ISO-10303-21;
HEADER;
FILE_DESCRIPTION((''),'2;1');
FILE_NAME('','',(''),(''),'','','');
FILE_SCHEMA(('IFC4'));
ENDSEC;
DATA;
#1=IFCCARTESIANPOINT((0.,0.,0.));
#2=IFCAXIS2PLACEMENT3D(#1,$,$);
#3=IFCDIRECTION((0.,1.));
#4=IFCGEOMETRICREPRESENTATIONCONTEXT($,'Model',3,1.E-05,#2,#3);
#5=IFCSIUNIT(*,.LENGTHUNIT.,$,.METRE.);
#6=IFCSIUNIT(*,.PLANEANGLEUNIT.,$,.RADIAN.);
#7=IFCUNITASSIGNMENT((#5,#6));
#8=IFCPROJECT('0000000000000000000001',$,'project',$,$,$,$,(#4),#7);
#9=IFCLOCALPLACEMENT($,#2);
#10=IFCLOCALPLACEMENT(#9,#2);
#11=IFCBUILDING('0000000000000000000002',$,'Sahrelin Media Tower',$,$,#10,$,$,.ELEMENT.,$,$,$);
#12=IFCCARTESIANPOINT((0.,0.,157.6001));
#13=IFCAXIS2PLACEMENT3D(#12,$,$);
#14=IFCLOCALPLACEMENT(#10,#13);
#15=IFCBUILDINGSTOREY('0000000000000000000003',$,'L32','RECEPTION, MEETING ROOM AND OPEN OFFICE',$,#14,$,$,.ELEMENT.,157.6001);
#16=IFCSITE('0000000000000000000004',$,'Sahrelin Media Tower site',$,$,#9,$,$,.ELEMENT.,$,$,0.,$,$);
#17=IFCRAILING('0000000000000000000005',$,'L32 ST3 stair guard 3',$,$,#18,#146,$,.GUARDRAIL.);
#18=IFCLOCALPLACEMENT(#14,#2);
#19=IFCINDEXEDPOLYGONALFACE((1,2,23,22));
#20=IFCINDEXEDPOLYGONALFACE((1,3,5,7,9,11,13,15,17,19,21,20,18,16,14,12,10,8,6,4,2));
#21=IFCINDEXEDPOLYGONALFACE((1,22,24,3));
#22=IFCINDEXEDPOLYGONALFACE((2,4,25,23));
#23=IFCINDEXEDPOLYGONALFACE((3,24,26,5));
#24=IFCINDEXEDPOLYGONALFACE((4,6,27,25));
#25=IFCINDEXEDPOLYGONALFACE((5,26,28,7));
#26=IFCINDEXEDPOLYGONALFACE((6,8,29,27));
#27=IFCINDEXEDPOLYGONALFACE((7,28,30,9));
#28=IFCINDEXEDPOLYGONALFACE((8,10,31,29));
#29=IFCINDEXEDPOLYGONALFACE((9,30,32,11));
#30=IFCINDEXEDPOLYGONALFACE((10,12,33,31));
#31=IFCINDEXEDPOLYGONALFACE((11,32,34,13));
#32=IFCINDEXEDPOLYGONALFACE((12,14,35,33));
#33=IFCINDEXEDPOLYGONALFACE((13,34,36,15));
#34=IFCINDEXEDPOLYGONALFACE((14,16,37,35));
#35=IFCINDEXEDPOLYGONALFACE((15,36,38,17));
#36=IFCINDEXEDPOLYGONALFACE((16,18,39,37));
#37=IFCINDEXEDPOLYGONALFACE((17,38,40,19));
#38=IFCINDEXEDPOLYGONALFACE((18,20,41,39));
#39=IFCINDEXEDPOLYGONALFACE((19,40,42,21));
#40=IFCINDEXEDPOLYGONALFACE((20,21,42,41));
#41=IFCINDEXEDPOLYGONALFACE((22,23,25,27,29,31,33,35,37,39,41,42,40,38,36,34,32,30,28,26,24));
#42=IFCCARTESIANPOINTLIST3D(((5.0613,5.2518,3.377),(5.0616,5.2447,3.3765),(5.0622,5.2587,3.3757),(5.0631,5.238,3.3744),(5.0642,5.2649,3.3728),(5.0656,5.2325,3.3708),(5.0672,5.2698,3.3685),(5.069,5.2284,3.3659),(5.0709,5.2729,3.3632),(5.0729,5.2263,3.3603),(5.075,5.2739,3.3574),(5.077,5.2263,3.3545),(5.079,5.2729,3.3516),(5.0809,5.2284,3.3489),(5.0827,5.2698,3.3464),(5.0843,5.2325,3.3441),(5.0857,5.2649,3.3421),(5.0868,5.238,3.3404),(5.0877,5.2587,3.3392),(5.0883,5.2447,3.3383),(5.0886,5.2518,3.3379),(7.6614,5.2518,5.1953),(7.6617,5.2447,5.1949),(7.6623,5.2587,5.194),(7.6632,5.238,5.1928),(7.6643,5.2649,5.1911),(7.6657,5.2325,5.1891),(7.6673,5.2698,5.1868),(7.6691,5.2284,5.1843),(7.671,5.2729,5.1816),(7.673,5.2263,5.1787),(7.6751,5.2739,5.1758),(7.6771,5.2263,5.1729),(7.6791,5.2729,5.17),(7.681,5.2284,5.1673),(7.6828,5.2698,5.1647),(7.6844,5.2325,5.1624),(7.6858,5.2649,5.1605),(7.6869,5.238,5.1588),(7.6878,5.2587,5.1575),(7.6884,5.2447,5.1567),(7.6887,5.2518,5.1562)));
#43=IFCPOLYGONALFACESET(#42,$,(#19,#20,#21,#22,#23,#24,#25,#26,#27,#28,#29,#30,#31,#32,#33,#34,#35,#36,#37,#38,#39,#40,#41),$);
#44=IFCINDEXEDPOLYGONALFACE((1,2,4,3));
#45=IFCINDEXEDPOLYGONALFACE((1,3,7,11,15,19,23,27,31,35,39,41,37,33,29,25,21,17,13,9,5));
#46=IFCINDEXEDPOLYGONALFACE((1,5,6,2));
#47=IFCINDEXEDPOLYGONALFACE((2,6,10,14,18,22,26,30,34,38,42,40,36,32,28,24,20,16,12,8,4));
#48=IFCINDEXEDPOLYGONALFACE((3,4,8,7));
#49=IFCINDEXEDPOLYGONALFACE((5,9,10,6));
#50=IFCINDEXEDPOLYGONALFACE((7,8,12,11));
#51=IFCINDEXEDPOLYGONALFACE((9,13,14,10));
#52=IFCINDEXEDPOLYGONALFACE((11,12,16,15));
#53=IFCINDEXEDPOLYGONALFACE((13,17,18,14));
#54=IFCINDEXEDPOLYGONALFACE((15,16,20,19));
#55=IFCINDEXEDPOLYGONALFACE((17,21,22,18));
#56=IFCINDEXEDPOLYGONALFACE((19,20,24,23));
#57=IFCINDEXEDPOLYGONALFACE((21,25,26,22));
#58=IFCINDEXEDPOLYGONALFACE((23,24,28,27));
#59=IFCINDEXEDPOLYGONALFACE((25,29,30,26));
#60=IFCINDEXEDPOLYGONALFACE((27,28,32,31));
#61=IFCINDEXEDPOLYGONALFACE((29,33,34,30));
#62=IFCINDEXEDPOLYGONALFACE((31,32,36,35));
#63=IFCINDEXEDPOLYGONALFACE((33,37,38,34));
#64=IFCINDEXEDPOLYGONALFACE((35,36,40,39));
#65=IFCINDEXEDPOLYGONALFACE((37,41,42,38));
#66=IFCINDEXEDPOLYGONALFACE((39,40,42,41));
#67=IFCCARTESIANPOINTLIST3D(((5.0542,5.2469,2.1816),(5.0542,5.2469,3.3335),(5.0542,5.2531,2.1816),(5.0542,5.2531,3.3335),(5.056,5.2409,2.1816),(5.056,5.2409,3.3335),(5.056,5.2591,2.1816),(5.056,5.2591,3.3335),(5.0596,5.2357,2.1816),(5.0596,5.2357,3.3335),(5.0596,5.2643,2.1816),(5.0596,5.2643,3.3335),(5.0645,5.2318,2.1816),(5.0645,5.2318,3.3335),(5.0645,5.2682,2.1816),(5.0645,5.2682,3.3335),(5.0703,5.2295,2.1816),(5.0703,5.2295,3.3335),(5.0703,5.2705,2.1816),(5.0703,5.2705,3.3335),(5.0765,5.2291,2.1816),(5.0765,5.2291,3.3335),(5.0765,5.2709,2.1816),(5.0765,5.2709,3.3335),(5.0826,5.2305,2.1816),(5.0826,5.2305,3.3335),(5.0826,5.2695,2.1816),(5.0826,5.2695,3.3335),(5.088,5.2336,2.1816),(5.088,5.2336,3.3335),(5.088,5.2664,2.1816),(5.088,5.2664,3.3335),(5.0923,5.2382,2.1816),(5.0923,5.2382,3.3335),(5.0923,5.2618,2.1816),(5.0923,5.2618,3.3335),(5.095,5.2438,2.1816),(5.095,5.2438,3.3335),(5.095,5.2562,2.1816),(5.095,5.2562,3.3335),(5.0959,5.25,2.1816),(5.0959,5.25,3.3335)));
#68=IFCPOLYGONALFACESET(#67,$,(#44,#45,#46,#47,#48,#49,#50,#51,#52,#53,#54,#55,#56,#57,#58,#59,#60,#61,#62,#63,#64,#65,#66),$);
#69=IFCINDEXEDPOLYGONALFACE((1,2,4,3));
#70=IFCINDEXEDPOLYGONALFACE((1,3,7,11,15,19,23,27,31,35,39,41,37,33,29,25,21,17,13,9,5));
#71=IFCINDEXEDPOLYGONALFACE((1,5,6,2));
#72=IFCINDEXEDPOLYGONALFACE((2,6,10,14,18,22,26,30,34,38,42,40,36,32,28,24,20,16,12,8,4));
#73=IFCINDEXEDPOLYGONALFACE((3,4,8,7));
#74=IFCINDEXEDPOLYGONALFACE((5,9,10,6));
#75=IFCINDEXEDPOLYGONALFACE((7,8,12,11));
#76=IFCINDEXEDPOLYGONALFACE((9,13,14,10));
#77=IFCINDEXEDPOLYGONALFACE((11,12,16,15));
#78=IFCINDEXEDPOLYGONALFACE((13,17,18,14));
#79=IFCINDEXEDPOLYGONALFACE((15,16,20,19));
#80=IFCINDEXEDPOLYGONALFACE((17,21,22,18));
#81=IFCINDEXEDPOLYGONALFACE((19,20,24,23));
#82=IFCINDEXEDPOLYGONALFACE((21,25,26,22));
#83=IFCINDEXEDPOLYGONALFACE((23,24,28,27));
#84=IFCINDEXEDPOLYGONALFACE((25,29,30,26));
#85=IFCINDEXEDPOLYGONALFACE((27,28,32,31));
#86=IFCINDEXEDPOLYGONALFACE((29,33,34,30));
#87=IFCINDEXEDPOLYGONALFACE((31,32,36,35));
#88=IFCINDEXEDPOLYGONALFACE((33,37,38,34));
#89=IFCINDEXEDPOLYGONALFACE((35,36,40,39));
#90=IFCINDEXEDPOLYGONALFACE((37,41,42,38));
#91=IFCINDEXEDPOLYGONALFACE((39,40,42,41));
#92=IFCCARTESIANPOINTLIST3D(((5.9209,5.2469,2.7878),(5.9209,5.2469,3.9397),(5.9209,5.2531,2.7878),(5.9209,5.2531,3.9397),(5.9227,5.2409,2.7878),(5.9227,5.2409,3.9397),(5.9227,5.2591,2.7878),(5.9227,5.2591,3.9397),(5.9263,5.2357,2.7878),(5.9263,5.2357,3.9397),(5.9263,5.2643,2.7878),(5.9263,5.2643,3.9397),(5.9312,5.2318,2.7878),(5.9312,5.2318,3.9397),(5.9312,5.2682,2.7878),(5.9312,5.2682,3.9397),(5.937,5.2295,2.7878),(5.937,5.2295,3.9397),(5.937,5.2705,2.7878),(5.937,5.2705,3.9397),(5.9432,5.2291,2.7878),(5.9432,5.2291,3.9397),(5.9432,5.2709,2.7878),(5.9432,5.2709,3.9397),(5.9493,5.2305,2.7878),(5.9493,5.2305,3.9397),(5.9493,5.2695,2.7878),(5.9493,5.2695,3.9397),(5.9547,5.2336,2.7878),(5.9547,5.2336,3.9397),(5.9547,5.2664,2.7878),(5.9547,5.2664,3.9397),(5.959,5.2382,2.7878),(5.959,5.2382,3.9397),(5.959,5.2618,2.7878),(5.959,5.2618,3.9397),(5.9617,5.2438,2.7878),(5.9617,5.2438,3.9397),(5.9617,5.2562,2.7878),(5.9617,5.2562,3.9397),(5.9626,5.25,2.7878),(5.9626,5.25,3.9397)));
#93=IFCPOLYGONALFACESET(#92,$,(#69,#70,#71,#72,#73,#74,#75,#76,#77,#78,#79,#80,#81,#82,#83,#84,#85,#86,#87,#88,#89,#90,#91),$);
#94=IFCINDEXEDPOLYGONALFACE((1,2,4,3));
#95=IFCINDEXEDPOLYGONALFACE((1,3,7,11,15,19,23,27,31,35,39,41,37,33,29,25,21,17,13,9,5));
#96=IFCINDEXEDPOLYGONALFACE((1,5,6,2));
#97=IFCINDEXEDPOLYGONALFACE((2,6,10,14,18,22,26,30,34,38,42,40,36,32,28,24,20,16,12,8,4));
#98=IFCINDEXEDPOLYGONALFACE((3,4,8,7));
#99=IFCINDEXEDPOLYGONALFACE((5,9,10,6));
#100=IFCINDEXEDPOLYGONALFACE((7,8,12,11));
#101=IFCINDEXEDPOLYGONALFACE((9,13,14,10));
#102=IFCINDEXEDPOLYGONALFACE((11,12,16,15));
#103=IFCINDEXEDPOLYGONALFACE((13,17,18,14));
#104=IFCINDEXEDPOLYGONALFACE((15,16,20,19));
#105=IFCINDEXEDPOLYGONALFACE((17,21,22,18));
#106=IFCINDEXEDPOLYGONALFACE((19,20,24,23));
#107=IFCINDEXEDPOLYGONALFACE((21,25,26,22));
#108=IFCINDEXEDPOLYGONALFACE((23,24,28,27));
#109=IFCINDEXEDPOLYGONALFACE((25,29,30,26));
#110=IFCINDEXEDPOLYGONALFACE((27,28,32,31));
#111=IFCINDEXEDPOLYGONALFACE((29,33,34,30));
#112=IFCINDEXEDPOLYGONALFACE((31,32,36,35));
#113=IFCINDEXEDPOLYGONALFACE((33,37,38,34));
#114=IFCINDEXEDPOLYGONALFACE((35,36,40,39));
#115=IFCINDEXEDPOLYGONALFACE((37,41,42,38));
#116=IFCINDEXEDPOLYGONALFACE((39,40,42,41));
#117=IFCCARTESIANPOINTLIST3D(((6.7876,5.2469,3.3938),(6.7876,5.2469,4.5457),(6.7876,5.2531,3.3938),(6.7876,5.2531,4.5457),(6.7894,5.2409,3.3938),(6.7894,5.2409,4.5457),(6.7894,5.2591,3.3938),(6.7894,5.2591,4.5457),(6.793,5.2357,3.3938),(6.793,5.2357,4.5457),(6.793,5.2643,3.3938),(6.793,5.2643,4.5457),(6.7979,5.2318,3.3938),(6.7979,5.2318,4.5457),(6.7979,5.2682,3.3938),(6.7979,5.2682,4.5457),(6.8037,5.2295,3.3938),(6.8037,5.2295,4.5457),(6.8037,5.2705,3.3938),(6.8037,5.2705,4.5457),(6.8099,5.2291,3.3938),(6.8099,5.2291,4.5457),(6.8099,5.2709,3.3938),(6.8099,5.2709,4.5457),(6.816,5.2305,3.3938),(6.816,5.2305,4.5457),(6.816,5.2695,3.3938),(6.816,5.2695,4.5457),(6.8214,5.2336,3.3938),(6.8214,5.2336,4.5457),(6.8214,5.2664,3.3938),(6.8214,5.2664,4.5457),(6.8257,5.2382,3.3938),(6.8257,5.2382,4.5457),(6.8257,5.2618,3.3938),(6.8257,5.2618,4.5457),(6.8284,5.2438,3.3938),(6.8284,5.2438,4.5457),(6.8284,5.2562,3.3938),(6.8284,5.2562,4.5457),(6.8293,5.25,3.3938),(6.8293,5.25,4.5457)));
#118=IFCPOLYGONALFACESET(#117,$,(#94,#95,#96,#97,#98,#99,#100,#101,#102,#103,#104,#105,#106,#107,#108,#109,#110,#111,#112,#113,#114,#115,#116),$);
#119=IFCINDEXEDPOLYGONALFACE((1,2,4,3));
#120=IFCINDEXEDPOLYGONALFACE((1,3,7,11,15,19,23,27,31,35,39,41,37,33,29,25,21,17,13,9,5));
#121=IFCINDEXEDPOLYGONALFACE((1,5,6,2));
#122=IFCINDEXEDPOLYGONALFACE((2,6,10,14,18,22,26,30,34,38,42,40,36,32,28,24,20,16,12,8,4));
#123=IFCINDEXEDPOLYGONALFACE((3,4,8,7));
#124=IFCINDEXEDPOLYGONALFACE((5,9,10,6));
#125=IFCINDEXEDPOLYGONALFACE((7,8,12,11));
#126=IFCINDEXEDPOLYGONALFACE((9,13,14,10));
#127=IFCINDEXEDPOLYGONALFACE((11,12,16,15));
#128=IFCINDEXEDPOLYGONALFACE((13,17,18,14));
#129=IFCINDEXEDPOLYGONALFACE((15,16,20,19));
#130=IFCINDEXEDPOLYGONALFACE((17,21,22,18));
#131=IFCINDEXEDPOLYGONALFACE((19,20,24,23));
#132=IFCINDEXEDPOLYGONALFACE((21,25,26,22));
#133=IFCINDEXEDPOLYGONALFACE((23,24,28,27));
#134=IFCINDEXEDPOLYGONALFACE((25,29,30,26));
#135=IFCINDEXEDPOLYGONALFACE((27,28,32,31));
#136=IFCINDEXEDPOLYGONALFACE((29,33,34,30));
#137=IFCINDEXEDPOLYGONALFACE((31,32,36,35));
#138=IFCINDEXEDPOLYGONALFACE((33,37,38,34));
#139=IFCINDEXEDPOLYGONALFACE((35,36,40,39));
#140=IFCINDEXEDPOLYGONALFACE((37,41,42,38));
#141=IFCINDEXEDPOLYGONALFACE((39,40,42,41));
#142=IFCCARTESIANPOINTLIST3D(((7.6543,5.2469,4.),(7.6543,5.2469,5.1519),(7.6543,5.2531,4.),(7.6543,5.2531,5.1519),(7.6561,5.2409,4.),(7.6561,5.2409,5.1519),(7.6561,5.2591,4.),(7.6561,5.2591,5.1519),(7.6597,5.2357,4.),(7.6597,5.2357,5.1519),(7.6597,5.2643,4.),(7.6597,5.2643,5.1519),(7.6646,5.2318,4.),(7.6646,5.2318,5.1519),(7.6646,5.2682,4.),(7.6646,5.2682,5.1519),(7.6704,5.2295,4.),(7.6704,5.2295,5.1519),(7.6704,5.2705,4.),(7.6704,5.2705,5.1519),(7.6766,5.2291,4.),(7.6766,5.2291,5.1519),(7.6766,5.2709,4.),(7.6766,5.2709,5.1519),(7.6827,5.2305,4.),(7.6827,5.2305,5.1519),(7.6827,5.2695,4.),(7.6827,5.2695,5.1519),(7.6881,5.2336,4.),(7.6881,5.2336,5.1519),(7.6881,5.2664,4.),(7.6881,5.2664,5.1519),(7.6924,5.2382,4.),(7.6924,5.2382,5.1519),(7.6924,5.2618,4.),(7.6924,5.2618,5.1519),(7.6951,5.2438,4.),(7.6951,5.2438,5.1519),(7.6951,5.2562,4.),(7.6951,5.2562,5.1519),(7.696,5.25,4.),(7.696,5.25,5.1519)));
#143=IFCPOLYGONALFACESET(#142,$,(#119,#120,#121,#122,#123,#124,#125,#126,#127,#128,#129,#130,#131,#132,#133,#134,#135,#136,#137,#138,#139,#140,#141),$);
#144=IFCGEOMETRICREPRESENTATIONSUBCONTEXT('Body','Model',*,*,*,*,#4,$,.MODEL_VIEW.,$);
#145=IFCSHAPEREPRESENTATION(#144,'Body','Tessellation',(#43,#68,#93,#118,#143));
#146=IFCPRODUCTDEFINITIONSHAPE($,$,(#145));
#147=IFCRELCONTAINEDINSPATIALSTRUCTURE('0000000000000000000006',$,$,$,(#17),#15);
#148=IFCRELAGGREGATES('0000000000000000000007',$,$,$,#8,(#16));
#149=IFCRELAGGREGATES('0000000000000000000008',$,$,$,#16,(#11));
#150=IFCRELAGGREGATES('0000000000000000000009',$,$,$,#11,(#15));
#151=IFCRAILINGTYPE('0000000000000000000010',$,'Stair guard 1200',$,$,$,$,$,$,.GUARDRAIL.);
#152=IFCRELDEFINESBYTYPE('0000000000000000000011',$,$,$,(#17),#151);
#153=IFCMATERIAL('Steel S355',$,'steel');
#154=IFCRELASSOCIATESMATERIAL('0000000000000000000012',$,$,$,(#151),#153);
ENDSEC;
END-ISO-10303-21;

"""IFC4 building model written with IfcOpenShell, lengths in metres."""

from ifc_helpers import new_model, si_unit, direction, frame, origin, origin_2d, place, context, subcontext, project, spatial, circle, extrude, material, type_object, element, save


model = new_model("IFC4")

# Units and contexts
model_context = context("Model", 3, precision=1e-05, world=origin(), true_north=direction((0.0, 1.0)))
body_context = subcontext(model_context, "Body", "Model", "MODEL_VIEW")
ifc_project = project(units=[si_unit("LENGTHUNIT", "METRE"), si_unit("PLANEANGLEUNIT", "RADIAN")], contexts=[model_context])

# Site, building, storey
site_placement = place(None, origin())
site = spatial("IfcSite", under=ifc_project, at=site_placement, Name="Sahrelin Media Tower site", CompositionType="ELEMENT", RefElevation=0.0)
building_placement = place(site_placement, origin())
building = spatial("IfcBuilding", under=site, at=building_placement, Name="Sahrelin Media Tower", CompositionType="ELEMENT")
storey_placement = place(building_placement, frame((0.0, 0.0, 157.6001)))
storey = spatial("IfcBuildingStorey", under=building, at=storey_placement, Name="L32", Description="RECEPTION, MEETING ROOM AND OPEN OFFICE", CompositionType="ELEMENT", Elevation=157.6001)

# Shared definitions
ifc_material_1 = material(Name="Steel S355", Category="steel")

# Railing
railing_type_1 = type_object("IfcRailingType", Name="Stair guard 1200", PredefinedType="GUARDRAIL", material=ifc_material_1)
railing_1_placement = place(storey_placement, frame((5.075, 5.25, 2.1816)))
element("IfcRailing", 1, at=railing_1_placement, inside=storey, type_object=railing_type_1, Name="L32 ST3 stair guard 3", PredefinedType="GUARDRAIL", context=body_context, shape_type="SweptSolid", body=[
    extrude(circle(Radius=0.0239, at=origin_2d()), frame((0.0, 0.0, 1.1758), z_axis=(0.819485, 0.0, 0.573101), x_axis=(0.0, 1.0, 0.0)), (0.0, 0.0, 1.0), 3.1729),
    extrude(circle(Radius=0.021, at=origin_2d()), origin(), (0.0, 0.0, 1.0), 1.1519),
    extrude(circle(Radius=0.021, at=origin_2d()), frame((0.8667, 0.0, 0.6062)), (0.0, 0.0, 1.0), 1.1519),
    extrude(circle(Radius=0.021, at=origin_2d()), frame((1.7334, 0.0, 1.2122)), (0.0, 0.0, 1.0), 1.1519),
    extrude(circle(Radius=0.021, at=origin_2d()), frame((2.6001, 0.0, 1.8184)), (0.0, 0.0, 1.0), 1.1519),
])

save(model, "model.ifc")
